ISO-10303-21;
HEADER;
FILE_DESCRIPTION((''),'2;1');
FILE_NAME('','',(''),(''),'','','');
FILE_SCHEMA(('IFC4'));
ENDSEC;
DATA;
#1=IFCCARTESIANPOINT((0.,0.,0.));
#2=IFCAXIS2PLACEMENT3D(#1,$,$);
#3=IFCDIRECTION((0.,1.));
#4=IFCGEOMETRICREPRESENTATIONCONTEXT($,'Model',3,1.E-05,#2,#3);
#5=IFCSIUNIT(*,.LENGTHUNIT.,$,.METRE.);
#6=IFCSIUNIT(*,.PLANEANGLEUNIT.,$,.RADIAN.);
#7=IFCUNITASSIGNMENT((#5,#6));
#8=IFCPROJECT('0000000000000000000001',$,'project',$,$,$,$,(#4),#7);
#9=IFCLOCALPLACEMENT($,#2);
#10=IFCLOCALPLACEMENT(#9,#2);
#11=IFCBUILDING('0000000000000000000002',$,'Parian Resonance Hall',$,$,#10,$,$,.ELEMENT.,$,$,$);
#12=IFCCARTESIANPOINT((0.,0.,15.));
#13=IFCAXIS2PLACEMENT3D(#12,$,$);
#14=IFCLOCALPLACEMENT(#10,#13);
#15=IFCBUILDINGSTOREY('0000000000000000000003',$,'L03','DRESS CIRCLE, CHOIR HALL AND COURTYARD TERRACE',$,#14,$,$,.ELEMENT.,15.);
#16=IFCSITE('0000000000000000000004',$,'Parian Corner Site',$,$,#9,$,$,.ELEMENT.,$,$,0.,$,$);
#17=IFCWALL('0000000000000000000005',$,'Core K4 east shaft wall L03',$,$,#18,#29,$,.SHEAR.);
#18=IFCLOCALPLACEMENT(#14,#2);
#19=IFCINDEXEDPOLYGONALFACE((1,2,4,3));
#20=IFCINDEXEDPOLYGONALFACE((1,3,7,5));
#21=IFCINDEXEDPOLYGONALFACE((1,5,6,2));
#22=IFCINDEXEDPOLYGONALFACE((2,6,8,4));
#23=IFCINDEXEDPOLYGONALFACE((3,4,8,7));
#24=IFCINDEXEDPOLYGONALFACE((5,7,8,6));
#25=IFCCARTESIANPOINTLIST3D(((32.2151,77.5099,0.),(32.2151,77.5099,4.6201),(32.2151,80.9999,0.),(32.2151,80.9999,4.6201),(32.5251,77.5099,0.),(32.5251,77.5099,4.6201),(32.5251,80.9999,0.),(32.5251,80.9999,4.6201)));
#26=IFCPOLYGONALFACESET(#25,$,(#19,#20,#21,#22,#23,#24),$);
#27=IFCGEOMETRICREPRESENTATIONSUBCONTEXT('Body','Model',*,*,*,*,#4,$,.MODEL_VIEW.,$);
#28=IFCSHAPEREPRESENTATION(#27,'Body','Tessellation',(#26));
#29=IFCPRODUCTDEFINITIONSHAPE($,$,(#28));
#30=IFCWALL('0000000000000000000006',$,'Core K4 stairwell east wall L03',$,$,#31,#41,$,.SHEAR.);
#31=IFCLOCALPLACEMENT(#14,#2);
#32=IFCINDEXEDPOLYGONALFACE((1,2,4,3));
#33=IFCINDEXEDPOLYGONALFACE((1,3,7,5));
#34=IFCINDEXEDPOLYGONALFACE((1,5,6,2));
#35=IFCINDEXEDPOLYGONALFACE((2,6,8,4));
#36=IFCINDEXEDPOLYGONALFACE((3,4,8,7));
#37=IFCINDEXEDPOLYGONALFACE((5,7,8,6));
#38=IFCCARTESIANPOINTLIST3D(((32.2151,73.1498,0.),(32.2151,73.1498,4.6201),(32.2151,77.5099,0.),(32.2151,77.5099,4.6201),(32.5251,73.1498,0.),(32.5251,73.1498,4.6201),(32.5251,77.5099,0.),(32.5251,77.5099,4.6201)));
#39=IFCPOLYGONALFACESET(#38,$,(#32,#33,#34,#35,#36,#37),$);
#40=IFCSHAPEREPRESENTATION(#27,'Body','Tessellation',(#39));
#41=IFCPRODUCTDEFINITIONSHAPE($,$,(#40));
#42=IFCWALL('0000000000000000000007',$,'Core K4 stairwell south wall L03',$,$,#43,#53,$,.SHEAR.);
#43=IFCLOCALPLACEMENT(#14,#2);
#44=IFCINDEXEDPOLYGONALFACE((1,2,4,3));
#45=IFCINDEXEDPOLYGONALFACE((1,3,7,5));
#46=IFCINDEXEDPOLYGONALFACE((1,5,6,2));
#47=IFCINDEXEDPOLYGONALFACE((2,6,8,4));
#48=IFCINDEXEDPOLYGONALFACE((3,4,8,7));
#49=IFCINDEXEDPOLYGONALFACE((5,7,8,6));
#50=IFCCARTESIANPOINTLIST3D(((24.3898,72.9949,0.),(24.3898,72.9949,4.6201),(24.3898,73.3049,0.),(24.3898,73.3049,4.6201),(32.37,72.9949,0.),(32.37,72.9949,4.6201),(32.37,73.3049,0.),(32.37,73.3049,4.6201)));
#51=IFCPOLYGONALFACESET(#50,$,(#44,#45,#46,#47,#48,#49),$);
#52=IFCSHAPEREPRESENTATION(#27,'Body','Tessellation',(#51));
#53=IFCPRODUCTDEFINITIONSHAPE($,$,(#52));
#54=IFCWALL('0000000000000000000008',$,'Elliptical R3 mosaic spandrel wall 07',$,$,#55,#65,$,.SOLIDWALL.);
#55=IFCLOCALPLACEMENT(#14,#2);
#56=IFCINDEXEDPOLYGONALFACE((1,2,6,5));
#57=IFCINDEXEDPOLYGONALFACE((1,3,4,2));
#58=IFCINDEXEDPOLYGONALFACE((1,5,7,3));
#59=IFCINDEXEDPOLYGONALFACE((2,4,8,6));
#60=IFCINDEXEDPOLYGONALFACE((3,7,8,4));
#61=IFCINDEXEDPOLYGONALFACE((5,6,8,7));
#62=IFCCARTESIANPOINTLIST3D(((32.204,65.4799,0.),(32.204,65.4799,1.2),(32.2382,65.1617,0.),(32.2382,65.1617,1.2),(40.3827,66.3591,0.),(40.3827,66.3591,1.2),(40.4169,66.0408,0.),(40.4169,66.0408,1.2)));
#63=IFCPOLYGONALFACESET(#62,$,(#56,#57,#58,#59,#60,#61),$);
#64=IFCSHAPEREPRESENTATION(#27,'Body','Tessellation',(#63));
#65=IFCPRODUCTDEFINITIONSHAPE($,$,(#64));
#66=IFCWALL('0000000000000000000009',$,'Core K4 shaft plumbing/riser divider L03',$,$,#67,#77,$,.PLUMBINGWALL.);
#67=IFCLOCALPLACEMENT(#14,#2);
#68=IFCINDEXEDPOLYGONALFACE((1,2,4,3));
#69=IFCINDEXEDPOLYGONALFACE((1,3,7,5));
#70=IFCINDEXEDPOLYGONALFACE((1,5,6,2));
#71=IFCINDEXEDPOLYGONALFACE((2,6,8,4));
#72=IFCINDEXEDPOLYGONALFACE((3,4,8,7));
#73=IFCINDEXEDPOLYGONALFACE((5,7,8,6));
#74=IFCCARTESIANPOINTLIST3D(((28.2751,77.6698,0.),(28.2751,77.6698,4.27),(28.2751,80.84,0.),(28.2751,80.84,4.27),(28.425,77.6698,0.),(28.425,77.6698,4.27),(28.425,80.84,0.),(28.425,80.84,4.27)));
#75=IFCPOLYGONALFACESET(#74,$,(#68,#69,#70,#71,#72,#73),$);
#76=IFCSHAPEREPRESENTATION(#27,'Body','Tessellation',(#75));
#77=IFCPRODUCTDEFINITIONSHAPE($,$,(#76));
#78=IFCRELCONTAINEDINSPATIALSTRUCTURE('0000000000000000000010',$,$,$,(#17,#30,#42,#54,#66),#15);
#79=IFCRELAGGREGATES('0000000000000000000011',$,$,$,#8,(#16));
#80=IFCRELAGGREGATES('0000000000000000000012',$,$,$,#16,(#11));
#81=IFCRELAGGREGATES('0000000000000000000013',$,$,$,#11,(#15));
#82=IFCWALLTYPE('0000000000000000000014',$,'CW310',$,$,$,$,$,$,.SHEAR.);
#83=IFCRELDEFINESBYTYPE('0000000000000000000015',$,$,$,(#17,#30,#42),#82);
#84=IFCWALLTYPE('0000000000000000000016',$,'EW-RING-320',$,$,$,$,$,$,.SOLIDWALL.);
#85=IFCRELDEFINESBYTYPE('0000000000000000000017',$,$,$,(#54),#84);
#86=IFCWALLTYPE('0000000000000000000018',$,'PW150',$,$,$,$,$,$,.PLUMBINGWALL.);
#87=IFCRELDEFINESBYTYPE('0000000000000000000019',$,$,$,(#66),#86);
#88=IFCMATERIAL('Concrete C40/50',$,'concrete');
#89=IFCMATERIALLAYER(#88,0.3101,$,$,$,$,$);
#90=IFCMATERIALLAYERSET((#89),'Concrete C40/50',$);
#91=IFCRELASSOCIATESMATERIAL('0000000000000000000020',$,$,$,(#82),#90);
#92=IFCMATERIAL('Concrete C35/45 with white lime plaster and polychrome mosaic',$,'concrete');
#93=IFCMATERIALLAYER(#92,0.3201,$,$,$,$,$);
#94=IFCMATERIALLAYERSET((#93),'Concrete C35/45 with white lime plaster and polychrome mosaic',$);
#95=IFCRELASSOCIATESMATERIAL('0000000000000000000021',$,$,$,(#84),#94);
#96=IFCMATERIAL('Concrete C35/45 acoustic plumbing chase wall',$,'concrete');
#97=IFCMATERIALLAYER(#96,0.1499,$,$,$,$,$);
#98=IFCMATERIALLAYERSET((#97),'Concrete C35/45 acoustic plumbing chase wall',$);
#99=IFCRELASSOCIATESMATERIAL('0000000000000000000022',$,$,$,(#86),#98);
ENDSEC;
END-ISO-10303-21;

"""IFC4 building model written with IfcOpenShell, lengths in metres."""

from ifc_helpers import new_model, si_unit, direction, frame, frame_2d, origin, place, context, subcontext, project, spatial, rectangle, extrude, material, layer, layer_set, type_object, element, save


model = new_model("IFC4")

# Units and contexts
model_context = context("Model", 3, precision=1e-05, world=origin(), true_north=direction((0.0, 1.0)))
body_context = subcontext(model_context, "Body", "Model", "MODEL_VIEW")
ifc_project = project(units=[si_unit("LENGTHUNIT", "METRE"), si_unit("PLANEANGLEUNIT", "RADIAN")], contexts=[model_context])

# Site, building, storey
site_placement = place(None, origin())
site = spatial("IfcSite", under=ifc_project, at=site_placement, Name="Parian Corner Site", CompositionType="ELEMENT", RefElevation=0.0)
building_placement = place(site_placement, origin())
building = spatial("IfcBuilding", under=site, at=building_placement, Name="Parian Resonance Hall", CompositionType="ELEMENT")
storey_placement = place(building_placement, frame((0.0, 0.0, 15.0)))
storey = spatial("IfcBuildingStorey", under=building, at=storey_placement, Name="L03", Description="DRESS CIRCLE, CHOIR HALL AND COURTYARD TERRACE", CompositionType="ELEMENT", Elevation=15.0)

# Walls
ifc_material_1 = material(Name="Concrete C40/50", Category="concrete")
ifc_layer_1 = layer(ifc_material_1, 0.3101)
ifc_layer_set_1 = layer_set([ifc_layer_1], Name="Concrete C40/50")
wall_type_1 = type_object("IfcWallType", Name="CW310", PredefinedType="SHEAR", material=ifc_layer_set_1)
wall_1_placement = place(storey_placement, frame((32.3701, 81.0, 0.0), z_axis=(0.0, 0.0, 1.0), x_axis=(0.0, -1.0, 0.0)))
element("IfcWall", 1, at=wall_1_placement, inside=storey, type_object=wall_type_1, Name="Core K4 east shaft wall L03", PredefinedType="SHEAR", context=body_context, shape_type="SweptSolid", body=[
    extrude(rectangle(XDim=3.49, YDim=0.3101, at=frame_2d((1.7451, 0.0))), origin(), (0.0, 0.0, 1.0), 4.6201),
])
wall_2_placement = place(storey_placement, frame((32.3701, 77.51, 0.0), z_axis=(0.0, 0.0, 1.0), x_axis=(0.0, -1.0, 0.0)))
element("IfcWall", 2, at=wall_2_placement, inside=storey, type_object=wall_type_1, Name="Core K4 stairwell east wall L03", PredefinedType="SHEAR", context=body_context, shape_type="SweptSolid", body=[
    extrude(rectangle(XDim=4.3601, YDim=0.3101, at=frame_2d((2.1802, 0.0))), origin(), (0.0, 0.0, 1.0), 4.6201),
])
wall_3_placement = place(storey_placement, frame((32.3701, 73.1499, 0.0), z_axis=(0.0, 0.0, 1.0), x_axis=(-1.0, 0.0, 0.0)))
element("IfcWall", 3, at=wall_3_placement, inside=storey, type_object=wall_type_1, Name="Core K4 stairwell south wall L03", PredefinedType="SHEAR", context=body_context, shape_type="SweptSolid", body=[
    extrude(rectangle(XDim=7.9802, YDim=0.3101, at=frame_2d((3.9902, 0.0))), origin(), (0.0, 0.0, 1.0), 4.6201),
])
ifc_material_2 = material(Name="Concrete C35/45 with white lime plaster and polychrome mosaic", Category="concrete")
ifc_layer_2 = layer(ifc_material_2, 0.3201)
ifc_layer_set_2 = layer_set([ifc_layer_2], Name="Concrete C35/45 with white lime plaster and polychrome mosaic")
wall_type_2 = type_object("IfcWallType", Name="EW-RING-320", PredefinedType="SOLIDWALL", material=ifc_layer_set_2)
wall_4_placement = place(storey_placement, frame((32.2212, 65.3208, 0.0), z_axis=(0.0, 0.0, 1.0), x_axis=(0.994272, 0.106877, 0.0)))
element("IfcWall", 4, at=wall_4_placement, inside=storey, type_object=wall_type_2, Name="Elliptical R3 mosaic spandrel wall 07", PredefinedType="SOLIDWALL", context=body_context, shape_type="SweptSolid", body=[
    extrude(rectangle(XDim=8.2258, YDim=0.3201, at=frame_2d((4.1128, 0.0))), origin(), (0.0, 0.0, 1.0), 1.2),
])
ifc_material_3 = material(Name="Concrete C35/45 acoustic plumbing chase wall", Category="concrete")
ifc_layer_3 = layer(ifc_material_3, 0.1499)
ifc_layer_set_3 = layer_set([ifc_layer_3], Name="Concrete C35/45 acoustic plumbing chase wall")
wall_type_3 = type_object("IfcWallType", Name="PW150", PredefinedType="PLUMBINGWALL", material=ifc_layer_set_3)
wall_5_placement = place(storey_placement, frame((28.3501, 77.6699, 0.0), z_axis=(0.0, 0.0, 1.0), x_axis=(0.0, 1.0, 0.0)))
element("IfcWall", 5, at=wall_5_placement, inside=storey, type_object=wall_type_3, Name="Core K4 shaft plumbing/riser divider L03", PredefinedType="PLUMBINGWALL", context=body_context, shape_type="SweptSolid", body=[
    extrude(rectangle(XDim=3.1702, YDim=0.1499, at=frame_2d((1.585, 0.0))), origin(), (0.0, 0.0, 1.0), 4.27),
])

save(model, "model.ifc")
